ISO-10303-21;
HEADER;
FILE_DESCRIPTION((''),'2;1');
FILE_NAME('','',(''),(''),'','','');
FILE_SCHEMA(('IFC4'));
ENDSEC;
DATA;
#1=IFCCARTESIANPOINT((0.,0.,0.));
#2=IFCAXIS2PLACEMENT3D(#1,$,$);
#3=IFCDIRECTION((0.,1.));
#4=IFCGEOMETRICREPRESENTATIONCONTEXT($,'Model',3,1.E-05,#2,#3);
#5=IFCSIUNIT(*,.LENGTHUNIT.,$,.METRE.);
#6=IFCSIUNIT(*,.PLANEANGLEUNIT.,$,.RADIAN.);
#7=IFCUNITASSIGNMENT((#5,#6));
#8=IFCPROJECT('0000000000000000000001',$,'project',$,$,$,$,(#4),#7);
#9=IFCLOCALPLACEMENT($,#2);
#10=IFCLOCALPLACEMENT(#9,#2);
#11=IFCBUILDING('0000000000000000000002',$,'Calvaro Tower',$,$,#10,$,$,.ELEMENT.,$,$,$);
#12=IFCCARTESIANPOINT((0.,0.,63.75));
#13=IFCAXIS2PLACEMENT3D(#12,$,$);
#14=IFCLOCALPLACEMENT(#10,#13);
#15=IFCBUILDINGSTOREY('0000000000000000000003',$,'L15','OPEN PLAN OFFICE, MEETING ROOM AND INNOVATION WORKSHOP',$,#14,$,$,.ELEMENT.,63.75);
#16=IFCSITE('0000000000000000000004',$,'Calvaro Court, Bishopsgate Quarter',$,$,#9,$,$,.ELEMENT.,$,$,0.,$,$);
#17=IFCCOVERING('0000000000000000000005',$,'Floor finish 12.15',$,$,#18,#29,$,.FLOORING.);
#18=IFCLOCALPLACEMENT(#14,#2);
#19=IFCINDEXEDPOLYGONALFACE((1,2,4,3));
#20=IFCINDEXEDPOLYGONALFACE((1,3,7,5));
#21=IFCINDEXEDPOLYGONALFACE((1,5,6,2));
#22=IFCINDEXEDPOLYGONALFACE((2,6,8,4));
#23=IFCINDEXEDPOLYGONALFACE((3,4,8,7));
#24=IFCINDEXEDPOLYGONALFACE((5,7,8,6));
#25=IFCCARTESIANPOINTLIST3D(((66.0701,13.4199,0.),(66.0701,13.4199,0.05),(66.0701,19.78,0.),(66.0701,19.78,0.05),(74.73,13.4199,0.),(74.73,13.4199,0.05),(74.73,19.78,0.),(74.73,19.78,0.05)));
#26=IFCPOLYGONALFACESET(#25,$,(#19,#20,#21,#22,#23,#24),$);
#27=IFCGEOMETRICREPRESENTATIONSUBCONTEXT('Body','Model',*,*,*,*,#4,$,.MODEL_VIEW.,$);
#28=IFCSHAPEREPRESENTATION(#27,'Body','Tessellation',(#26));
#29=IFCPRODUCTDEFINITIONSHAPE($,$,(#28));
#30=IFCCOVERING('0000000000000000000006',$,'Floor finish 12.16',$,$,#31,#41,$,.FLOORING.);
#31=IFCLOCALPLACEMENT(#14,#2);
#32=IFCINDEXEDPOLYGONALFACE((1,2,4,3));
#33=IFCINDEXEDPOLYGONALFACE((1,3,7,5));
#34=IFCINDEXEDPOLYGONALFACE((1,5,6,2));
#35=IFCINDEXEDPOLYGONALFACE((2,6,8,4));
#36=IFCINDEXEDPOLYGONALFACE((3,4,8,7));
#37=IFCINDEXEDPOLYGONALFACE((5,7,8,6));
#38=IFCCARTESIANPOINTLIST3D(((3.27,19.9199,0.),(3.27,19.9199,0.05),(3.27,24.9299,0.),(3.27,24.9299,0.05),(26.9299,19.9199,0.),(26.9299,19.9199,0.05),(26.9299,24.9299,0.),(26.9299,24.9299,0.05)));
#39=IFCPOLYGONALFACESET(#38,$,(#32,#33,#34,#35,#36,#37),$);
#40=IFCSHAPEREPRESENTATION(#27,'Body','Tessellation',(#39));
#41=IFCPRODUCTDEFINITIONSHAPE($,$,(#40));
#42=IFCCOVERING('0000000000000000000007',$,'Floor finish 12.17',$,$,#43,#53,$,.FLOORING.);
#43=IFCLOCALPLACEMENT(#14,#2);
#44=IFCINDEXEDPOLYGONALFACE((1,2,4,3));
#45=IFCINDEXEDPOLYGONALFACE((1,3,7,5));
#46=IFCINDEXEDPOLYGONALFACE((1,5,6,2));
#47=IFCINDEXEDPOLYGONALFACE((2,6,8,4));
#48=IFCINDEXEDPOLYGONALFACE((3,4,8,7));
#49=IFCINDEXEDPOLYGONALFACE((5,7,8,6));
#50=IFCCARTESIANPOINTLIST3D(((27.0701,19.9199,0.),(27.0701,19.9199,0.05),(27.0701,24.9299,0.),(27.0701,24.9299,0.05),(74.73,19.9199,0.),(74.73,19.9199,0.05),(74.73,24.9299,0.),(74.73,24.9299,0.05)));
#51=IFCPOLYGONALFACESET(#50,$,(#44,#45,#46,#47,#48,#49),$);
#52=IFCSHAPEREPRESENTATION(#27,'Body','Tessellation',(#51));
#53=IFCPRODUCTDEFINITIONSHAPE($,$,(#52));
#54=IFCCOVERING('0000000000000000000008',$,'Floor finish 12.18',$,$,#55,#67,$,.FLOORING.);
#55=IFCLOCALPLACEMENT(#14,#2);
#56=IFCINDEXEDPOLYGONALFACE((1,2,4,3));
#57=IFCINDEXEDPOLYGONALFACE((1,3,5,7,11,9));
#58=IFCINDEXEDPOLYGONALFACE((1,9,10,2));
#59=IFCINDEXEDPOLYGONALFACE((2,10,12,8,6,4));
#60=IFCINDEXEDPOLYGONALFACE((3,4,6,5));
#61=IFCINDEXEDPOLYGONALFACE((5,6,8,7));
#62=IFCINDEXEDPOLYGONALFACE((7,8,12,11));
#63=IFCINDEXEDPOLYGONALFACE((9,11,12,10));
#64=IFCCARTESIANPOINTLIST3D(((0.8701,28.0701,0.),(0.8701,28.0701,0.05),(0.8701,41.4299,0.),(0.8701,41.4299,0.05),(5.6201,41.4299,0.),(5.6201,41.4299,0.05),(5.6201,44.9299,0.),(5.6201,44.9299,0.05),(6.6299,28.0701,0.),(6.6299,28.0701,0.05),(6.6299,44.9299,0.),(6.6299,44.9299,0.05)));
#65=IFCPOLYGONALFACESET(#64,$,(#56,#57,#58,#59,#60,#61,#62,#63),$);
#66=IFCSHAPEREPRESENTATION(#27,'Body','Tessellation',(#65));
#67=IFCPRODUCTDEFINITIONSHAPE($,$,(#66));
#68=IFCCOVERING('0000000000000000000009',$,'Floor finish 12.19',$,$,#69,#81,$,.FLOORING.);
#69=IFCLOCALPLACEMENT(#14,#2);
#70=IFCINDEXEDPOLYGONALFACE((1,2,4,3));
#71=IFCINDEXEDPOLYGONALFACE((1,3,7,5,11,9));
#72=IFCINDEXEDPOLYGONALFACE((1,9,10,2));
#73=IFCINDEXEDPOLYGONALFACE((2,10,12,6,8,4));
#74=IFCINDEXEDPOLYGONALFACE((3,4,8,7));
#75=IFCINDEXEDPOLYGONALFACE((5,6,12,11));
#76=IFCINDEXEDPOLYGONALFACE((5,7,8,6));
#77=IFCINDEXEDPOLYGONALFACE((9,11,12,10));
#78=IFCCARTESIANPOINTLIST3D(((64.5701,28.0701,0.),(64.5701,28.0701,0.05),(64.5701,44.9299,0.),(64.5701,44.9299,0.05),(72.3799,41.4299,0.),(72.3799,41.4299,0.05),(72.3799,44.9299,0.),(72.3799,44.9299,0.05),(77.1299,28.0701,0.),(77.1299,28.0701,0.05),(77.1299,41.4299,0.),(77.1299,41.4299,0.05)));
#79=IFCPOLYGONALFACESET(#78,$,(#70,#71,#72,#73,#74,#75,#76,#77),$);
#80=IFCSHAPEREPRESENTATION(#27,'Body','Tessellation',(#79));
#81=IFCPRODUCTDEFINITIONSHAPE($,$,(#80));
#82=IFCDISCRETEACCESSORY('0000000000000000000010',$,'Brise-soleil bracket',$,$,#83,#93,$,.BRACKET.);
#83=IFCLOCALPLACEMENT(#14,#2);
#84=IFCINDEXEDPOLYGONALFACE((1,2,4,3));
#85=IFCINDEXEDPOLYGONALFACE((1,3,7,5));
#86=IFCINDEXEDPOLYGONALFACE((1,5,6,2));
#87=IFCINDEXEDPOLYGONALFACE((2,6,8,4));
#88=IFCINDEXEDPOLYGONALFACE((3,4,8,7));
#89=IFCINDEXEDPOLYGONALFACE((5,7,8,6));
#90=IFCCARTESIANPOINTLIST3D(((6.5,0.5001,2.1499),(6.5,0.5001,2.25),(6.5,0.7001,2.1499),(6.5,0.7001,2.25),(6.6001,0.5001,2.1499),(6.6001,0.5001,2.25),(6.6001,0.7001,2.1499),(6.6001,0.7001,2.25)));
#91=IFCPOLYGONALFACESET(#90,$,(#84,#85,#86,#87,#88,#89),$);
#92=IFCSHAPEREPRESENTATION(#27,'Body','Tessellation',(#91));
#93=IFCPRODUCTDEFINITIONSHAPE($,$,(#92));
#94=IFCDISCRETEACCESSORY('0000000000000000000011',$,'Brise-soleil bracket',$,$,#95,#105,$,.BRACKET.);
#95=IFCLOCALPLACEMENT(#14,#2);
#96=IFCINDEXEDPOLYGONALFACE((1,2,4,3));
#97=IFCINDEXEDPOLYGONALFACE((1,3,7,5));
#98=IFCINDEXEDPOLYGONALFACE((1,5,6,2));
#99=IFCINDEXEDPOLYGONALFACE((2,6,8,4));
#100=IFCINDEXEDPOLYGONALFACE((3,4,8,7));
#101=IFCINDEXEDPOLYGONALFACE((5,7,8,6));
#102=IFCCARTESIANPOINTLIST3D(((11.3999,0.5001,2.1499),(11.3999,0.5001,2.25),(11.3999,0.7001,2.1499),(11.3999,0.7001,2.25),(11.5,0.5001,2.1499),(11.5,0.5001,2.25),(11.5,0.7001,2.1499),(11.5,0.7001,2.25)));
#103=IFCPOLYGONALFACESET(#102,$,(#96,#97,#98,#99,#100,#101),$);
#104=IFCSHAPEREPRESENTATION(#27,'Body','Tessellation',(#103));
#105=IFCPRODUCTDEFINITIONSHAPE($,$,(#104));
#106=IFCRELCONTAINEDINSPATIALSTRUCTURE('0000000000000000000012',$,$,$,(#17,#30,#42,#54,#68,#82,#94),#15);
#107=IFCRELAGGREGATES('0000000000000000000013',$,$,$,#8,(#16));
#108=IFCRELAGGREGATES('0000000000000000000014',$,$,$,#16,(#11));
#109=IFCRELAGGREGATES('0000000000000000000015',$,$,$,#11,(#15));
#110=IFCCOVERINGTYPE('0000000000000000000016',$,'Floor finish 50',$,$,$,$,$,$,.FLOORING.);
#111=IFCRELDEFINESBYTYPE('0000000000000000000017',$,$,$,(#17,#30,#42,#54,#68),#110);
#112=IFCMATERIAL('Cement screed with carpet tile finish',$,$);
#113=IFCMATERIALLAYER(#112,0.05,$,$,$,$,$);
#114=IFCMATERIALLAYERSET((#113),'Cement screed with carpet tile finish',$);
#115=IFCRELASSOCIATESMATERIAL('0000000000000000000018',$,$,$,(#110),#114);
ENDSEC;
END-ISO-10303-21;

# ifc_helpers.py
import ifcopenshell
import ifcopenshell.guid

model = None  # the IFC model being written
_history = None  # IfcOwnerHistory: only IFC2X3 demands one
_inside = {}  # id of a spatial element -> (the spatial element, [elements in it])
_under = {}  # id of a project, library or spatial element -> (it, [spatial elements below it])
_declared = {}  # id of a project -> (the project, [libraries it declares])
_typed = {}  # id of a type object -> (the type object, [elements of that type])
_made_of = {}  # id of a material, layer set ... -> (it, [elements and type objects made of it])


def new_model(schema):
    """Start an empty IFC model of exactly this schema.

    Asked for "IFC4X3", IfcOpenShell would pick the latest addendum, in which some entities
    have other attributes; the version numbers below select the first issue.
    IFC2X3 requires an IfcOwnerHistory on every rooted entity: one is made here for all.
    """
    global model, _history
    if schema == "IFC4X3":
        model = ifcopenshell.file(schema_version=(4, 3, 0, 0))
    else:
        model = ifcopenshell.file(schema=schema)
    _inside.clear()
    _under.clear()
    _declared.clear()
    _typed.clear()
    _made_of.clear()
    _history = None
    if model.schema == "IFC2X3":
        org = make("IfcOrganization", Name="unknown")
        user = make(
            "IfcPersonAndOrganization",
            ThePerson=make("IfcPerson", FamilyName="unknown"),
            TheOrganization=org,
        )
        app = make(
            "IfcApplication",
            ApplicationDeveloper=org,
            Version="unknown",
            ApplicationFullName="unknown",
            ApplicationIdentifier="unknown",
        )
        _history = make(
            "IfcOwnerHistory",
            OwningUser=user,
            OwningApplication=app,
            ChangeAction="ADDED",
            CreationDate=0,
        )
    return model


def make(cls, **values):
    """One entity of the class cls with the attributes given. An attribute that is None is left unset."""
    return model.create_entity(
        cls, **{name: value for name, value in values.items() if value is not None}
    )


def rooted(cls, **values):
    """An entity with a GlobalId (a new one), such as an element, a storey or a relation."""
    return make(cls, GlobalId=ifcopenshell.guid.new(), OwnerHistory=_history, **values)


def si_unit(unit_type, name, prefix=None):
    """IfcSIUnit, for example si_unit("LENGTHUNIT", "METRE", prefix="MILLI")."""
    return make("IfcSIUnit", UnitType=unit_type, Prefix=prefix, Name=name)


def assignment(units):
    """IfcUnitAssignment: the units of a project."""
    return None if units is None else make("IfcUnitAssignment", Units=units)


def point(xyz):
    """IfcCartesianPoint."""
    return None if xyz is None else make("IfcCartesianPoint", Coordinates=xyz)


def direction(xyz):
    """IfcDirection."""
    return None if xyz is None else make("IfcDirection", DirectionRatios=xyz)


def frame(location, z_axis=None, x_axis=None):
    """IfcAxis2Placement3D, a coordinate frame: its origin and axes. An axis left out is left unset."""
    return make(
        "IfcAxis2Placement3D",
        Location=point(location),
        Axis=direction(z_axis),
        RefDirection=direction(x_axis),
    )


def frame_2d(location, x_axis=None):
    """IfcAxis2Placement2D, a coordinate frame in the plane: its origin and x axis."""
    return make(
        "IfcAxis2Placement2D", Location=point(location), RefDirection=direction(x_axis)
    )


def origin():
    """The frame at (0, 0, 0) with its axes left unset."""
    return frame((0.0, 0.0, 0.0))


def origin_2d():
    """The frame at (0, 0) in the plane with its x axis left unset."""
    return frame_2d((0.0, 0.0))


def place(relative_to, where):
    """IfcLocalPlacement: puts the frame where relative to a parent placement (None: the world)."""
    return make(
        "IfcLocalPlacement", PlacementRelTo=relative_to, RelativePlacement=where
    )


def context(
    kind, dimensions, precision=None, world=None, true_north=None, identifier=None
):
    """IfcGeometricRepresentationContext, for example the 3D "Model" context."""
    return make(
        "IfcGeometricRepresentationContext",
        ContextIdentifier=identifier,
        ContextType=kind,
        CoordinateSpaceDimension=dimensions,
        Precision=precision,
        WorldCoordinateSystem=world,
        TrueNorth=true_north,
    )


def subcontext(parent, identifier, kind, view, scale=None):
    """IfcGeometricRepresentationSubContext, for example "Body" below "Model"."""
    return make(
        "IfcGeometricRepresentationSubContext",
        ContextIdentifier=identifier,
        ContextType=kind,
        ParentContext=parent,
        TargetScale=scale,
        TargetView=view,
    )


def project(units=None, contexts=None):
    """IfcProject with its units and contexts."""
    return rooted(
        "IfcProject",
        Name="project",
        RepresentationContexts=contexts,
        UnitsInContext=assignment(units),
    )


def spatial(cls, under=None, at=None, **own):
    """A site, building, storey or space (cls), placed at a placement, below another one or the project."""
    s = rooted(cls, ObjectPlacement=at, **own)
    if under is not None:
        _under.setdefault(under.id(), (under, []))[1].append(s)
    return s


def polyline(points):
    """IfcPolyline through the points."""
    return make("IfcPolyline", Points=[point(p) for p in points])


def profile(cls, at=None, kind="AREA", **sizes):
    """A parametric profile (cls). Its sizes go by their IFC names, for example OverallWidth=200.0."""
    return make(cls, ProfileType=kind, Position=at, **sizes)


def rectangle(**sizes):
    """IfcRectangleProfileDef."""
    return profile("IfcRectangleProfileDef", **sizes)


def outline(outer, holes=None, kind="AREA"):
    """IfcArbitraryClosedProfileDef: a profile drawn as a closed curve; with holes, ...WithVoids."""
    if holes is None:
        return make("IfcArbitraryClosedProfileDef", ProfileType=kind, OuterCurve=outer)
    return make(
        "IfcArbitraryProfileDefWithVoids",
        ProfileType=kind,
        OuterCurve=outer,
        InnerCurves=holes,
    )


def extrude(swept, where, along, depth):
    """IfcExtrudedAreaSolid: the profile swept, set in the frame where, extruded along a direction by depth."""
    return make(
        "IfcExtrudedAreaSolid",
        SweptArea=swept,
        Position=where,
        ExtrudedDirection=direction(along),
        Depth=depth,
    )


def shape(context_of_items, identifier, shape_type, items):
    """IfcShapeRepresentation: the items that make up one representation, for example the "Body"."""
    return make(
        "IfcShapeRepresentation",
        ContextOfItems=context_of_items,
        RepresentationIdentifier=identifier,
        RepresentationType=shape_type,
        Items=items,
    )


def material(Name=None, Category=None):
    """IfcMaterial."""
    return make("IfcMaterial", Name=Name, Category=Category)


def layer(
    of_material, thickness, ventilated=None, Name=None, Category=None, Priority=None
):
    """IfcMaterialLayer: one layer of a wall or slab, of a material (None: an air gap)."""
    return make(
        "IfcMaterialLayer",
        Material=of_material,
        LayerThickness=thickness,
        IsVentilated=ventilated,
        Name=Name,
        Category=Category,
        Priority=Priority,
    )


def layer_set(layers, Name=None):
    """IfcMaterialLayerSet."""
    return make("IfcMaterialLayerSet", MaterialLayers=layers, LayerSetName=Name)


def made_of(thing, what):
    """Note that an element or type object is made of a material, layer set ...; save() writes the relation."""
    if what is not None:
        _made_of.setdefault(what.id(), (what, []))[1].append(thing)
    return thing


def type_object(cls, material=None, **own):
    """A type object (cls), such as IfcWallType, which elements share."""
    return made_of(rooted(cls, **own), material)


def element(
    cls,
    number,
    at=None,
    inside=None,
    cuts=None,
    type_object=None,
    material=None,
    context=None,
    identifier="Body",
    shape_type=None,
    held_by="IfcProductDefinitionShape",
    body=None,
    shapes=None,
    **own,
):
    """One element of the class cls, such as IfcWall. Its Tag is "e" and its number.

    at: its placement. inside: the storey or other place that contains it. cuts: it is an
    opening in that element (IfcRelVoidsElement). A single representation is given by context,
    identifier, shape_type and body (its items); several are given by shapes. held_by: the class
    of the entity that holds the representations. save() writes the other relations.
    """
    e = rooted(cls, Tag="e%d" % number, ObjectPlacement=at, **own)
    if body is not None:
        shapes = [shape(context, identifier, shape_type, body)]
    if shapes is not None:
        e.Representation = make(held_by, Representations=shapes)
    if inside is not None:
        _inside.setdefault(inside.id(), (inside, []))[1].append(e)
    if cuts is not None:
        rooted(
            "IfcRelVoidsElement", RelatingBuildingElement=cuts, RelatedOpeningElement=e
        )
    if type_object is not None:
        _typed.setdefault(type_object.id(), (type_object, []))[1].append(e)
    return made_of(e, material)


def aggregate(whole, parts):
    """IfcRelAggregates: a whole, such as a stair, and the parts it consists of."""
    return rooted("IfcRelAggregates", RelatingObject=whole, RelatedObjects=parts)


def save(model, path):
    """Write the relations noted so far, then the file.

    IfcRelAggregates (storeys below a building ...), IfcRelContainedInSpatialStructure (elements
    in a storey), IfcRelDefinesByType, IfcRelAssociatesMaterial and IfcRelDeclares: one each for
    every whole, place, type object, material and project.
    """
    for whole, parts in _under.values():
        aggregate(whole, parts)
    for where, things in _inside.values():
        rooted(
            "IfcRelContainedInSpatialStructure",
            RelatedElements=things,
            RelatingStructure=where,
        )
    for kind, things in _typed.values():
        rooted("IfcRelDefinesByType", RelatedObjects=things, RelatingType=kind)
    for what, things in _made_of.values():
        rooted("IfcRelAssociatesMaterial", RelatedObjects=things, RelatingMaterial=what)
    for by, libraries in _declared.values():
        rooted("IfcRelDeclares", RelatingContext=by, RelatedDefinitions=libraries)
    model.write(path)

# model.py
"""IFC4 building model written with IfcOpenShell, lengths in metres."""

from ifc_helpers import new_model, si_unit, direction, frame, origin, origin_2d, place, context, subcontext, project, spatial, polyline, rectangle, outline, extrude, material, layer, layer_set, type_object, element, save


model = new_model("IFC4")

# Units and contexts
model_context = context("Model", 3, precision=1e-05, world=origin(), true_north=direction((0.0, 1.0)))
body_context = subcontext(model_context, "Body", "Model", "MODEL_VIEW")
ifc_project = project(units=[si_unit("LENGTHUNIT", "METRE"), si_unit("PLANEANGLEUNIT", "RADIAN")], contexts=[model_context])

# Site, building, storey
site_placement = place(None, origin())
site = spatial("IfcSite", under=ifc_project, at=site_placement, Name="Calvaro Court, Bishopsgate Quarter", CompositionType="ELEMENT", RefElevation=0.0)
building_placement = place(site_placement, origin())
building = spatial("IfcBuilding", under=site, at=building_placement, Name="Calvaro Tower", CompositionType="ELEMENT")
storey_placement = place(building_placement, frame((0.0, 0.0, 63.75)))
storey = spatial("IfcBuildingStorey", under=building, at=storey_placement, Name="L15", Description="OPEN PLAN OFFICE, MEETING ROOM AND INNOVATION WORKSHOP", CompositionType="ELEMENT", Elevation=63.75)

# Coverings
ifc_material_1 = material(Name="Cement screed with carpet tile finish")
ifc_layer_1 = layer(ifc_material_1, 0.05)
ifc_layer_set_1 = layer_set([ifc_layer_1], Name="Cement screed with carpet tile finish")
covering_type = type_object("IfcCoveringType", Name="Floor finish 50", PredefinedType="FLOORING", material=ifc_layer_set_1)
covering_1_placement = place(storey_placement, origin())
element("IfcCovering", 1, at=covering_1_placement, inside=storey, type_object=covering_type, Name="Floor finish 12.15", PredefinedType="FLOORING", context=body_context, shape_type="SweptSolid", body=[
    extrude(outline(polyline([(66.0701, 13.4199), (66.0701, 19.78), (74.73, 19.78), (74.73, 13.4199), (66.0701, 13.4199)])), origin(), (0.0, 0.0, 1.0), 0.05),
])
covering_2_placement = place(storey_placement, origin())
element("IfcCovering", 2, at=covering_2_placement, inside=storey, type_object=covering_type, Name="Floor finish 12.16", PredefinedType="FLOORING", context=body_context, shape_type="SweptSolid", body=[
    extrude(outline(polyline([(3.27, 19.9199), (3.27, 24.9299), (26.9299, 24.9299), (26.9299, 19.9199), (3.27, 19.9199)])), origin(), (0.0, 0.0, 1.0), 0.05),
])
covering_3_placement = place(storey_placement, origin())
element("IfcCovering", 3, at=covering_3_placement, inside=storey, type_object=covering_type, Name="Floor finish 12.17", PredefinedType="FLOORING", context=body_context, shape_type="SweptSolid", body=[
    extrude(outline(polyline([(27.0701, 19.9199), (27.0701, 24.9299), (74.73, 24.9299), (74.73, 19.9199), (27.0701, 19.9199)])), origin(), (0.0, 0.0, 1.0), 0.05),
])
covering_4_placement = place(storey_placement, origin())
element("IfcCovering", 4, at=covering_4_placement, inside=storey, type_object=covering_type, Name="Floor finish 12.18", PredefinedType="FLOORING", context=body_context, shape_type="SweptSolid", body=[
    extrude(outline(polyline([(6.6299, 28.0701), (0.8701, 28.0701), (0.8701, 41.4299), (5.6201, 41.4299), (5.6201, 44.9299), (6.6299, 44.9299), (6.6299, 28.0701)])), origin(), (0.0, 0.0, 1.0), 0.05),
])
covering_5_placement = place(storey_placement, origin())
element("IfcCovering", 5, at=covering_5_placement, inside=storey, type_object=covering_type, Name="Floor finish 12.19", PredefinedType="FLOORING", context=body_context, shape_type="SweptSolid", body=[
    extrude(outline(polyline([(77.1299, 28.0701), (64.5701, 28.0701), (64.5701, 44.9299), (72.3799, 44.9299), (72.3799, 41.4299), (77.1299, 41.4299), (77.1299, 28.0701)])), origin(), (0.0, 0.0, 1.0), 0.05),
])

# Discrete accessories
for number, where, z_axis, x_axis, name in (
    (6, (6.55, 0.6001, 2.1499), (0.0, 0.0, 1.0), (1.0, 0.0, 0.0), "Brise-soleil bracket"),
    (7, (11.45, 0.6001, 2.1499), (0.0, 0.0, 1.0), (1.0, 0.0, 0.0), "Brise-soleil bracket"),
):
    element("IfcDiscreteAccessory", number, at=place(storey_placement, frame(where, z_axis=z_axis, x_axis=x_axis)), inside=storey, Name=name, PredefinedType="BRACKET", context=body_context, shape_type="SweptSolid", body=[
        extrude(rectangle(XDim=0.1001, YDim=0.2, at=origin_2d()), origin(), (0.0, 0.0, 1.0), 0.1001),
    ])

save(model, "model.ifc")
